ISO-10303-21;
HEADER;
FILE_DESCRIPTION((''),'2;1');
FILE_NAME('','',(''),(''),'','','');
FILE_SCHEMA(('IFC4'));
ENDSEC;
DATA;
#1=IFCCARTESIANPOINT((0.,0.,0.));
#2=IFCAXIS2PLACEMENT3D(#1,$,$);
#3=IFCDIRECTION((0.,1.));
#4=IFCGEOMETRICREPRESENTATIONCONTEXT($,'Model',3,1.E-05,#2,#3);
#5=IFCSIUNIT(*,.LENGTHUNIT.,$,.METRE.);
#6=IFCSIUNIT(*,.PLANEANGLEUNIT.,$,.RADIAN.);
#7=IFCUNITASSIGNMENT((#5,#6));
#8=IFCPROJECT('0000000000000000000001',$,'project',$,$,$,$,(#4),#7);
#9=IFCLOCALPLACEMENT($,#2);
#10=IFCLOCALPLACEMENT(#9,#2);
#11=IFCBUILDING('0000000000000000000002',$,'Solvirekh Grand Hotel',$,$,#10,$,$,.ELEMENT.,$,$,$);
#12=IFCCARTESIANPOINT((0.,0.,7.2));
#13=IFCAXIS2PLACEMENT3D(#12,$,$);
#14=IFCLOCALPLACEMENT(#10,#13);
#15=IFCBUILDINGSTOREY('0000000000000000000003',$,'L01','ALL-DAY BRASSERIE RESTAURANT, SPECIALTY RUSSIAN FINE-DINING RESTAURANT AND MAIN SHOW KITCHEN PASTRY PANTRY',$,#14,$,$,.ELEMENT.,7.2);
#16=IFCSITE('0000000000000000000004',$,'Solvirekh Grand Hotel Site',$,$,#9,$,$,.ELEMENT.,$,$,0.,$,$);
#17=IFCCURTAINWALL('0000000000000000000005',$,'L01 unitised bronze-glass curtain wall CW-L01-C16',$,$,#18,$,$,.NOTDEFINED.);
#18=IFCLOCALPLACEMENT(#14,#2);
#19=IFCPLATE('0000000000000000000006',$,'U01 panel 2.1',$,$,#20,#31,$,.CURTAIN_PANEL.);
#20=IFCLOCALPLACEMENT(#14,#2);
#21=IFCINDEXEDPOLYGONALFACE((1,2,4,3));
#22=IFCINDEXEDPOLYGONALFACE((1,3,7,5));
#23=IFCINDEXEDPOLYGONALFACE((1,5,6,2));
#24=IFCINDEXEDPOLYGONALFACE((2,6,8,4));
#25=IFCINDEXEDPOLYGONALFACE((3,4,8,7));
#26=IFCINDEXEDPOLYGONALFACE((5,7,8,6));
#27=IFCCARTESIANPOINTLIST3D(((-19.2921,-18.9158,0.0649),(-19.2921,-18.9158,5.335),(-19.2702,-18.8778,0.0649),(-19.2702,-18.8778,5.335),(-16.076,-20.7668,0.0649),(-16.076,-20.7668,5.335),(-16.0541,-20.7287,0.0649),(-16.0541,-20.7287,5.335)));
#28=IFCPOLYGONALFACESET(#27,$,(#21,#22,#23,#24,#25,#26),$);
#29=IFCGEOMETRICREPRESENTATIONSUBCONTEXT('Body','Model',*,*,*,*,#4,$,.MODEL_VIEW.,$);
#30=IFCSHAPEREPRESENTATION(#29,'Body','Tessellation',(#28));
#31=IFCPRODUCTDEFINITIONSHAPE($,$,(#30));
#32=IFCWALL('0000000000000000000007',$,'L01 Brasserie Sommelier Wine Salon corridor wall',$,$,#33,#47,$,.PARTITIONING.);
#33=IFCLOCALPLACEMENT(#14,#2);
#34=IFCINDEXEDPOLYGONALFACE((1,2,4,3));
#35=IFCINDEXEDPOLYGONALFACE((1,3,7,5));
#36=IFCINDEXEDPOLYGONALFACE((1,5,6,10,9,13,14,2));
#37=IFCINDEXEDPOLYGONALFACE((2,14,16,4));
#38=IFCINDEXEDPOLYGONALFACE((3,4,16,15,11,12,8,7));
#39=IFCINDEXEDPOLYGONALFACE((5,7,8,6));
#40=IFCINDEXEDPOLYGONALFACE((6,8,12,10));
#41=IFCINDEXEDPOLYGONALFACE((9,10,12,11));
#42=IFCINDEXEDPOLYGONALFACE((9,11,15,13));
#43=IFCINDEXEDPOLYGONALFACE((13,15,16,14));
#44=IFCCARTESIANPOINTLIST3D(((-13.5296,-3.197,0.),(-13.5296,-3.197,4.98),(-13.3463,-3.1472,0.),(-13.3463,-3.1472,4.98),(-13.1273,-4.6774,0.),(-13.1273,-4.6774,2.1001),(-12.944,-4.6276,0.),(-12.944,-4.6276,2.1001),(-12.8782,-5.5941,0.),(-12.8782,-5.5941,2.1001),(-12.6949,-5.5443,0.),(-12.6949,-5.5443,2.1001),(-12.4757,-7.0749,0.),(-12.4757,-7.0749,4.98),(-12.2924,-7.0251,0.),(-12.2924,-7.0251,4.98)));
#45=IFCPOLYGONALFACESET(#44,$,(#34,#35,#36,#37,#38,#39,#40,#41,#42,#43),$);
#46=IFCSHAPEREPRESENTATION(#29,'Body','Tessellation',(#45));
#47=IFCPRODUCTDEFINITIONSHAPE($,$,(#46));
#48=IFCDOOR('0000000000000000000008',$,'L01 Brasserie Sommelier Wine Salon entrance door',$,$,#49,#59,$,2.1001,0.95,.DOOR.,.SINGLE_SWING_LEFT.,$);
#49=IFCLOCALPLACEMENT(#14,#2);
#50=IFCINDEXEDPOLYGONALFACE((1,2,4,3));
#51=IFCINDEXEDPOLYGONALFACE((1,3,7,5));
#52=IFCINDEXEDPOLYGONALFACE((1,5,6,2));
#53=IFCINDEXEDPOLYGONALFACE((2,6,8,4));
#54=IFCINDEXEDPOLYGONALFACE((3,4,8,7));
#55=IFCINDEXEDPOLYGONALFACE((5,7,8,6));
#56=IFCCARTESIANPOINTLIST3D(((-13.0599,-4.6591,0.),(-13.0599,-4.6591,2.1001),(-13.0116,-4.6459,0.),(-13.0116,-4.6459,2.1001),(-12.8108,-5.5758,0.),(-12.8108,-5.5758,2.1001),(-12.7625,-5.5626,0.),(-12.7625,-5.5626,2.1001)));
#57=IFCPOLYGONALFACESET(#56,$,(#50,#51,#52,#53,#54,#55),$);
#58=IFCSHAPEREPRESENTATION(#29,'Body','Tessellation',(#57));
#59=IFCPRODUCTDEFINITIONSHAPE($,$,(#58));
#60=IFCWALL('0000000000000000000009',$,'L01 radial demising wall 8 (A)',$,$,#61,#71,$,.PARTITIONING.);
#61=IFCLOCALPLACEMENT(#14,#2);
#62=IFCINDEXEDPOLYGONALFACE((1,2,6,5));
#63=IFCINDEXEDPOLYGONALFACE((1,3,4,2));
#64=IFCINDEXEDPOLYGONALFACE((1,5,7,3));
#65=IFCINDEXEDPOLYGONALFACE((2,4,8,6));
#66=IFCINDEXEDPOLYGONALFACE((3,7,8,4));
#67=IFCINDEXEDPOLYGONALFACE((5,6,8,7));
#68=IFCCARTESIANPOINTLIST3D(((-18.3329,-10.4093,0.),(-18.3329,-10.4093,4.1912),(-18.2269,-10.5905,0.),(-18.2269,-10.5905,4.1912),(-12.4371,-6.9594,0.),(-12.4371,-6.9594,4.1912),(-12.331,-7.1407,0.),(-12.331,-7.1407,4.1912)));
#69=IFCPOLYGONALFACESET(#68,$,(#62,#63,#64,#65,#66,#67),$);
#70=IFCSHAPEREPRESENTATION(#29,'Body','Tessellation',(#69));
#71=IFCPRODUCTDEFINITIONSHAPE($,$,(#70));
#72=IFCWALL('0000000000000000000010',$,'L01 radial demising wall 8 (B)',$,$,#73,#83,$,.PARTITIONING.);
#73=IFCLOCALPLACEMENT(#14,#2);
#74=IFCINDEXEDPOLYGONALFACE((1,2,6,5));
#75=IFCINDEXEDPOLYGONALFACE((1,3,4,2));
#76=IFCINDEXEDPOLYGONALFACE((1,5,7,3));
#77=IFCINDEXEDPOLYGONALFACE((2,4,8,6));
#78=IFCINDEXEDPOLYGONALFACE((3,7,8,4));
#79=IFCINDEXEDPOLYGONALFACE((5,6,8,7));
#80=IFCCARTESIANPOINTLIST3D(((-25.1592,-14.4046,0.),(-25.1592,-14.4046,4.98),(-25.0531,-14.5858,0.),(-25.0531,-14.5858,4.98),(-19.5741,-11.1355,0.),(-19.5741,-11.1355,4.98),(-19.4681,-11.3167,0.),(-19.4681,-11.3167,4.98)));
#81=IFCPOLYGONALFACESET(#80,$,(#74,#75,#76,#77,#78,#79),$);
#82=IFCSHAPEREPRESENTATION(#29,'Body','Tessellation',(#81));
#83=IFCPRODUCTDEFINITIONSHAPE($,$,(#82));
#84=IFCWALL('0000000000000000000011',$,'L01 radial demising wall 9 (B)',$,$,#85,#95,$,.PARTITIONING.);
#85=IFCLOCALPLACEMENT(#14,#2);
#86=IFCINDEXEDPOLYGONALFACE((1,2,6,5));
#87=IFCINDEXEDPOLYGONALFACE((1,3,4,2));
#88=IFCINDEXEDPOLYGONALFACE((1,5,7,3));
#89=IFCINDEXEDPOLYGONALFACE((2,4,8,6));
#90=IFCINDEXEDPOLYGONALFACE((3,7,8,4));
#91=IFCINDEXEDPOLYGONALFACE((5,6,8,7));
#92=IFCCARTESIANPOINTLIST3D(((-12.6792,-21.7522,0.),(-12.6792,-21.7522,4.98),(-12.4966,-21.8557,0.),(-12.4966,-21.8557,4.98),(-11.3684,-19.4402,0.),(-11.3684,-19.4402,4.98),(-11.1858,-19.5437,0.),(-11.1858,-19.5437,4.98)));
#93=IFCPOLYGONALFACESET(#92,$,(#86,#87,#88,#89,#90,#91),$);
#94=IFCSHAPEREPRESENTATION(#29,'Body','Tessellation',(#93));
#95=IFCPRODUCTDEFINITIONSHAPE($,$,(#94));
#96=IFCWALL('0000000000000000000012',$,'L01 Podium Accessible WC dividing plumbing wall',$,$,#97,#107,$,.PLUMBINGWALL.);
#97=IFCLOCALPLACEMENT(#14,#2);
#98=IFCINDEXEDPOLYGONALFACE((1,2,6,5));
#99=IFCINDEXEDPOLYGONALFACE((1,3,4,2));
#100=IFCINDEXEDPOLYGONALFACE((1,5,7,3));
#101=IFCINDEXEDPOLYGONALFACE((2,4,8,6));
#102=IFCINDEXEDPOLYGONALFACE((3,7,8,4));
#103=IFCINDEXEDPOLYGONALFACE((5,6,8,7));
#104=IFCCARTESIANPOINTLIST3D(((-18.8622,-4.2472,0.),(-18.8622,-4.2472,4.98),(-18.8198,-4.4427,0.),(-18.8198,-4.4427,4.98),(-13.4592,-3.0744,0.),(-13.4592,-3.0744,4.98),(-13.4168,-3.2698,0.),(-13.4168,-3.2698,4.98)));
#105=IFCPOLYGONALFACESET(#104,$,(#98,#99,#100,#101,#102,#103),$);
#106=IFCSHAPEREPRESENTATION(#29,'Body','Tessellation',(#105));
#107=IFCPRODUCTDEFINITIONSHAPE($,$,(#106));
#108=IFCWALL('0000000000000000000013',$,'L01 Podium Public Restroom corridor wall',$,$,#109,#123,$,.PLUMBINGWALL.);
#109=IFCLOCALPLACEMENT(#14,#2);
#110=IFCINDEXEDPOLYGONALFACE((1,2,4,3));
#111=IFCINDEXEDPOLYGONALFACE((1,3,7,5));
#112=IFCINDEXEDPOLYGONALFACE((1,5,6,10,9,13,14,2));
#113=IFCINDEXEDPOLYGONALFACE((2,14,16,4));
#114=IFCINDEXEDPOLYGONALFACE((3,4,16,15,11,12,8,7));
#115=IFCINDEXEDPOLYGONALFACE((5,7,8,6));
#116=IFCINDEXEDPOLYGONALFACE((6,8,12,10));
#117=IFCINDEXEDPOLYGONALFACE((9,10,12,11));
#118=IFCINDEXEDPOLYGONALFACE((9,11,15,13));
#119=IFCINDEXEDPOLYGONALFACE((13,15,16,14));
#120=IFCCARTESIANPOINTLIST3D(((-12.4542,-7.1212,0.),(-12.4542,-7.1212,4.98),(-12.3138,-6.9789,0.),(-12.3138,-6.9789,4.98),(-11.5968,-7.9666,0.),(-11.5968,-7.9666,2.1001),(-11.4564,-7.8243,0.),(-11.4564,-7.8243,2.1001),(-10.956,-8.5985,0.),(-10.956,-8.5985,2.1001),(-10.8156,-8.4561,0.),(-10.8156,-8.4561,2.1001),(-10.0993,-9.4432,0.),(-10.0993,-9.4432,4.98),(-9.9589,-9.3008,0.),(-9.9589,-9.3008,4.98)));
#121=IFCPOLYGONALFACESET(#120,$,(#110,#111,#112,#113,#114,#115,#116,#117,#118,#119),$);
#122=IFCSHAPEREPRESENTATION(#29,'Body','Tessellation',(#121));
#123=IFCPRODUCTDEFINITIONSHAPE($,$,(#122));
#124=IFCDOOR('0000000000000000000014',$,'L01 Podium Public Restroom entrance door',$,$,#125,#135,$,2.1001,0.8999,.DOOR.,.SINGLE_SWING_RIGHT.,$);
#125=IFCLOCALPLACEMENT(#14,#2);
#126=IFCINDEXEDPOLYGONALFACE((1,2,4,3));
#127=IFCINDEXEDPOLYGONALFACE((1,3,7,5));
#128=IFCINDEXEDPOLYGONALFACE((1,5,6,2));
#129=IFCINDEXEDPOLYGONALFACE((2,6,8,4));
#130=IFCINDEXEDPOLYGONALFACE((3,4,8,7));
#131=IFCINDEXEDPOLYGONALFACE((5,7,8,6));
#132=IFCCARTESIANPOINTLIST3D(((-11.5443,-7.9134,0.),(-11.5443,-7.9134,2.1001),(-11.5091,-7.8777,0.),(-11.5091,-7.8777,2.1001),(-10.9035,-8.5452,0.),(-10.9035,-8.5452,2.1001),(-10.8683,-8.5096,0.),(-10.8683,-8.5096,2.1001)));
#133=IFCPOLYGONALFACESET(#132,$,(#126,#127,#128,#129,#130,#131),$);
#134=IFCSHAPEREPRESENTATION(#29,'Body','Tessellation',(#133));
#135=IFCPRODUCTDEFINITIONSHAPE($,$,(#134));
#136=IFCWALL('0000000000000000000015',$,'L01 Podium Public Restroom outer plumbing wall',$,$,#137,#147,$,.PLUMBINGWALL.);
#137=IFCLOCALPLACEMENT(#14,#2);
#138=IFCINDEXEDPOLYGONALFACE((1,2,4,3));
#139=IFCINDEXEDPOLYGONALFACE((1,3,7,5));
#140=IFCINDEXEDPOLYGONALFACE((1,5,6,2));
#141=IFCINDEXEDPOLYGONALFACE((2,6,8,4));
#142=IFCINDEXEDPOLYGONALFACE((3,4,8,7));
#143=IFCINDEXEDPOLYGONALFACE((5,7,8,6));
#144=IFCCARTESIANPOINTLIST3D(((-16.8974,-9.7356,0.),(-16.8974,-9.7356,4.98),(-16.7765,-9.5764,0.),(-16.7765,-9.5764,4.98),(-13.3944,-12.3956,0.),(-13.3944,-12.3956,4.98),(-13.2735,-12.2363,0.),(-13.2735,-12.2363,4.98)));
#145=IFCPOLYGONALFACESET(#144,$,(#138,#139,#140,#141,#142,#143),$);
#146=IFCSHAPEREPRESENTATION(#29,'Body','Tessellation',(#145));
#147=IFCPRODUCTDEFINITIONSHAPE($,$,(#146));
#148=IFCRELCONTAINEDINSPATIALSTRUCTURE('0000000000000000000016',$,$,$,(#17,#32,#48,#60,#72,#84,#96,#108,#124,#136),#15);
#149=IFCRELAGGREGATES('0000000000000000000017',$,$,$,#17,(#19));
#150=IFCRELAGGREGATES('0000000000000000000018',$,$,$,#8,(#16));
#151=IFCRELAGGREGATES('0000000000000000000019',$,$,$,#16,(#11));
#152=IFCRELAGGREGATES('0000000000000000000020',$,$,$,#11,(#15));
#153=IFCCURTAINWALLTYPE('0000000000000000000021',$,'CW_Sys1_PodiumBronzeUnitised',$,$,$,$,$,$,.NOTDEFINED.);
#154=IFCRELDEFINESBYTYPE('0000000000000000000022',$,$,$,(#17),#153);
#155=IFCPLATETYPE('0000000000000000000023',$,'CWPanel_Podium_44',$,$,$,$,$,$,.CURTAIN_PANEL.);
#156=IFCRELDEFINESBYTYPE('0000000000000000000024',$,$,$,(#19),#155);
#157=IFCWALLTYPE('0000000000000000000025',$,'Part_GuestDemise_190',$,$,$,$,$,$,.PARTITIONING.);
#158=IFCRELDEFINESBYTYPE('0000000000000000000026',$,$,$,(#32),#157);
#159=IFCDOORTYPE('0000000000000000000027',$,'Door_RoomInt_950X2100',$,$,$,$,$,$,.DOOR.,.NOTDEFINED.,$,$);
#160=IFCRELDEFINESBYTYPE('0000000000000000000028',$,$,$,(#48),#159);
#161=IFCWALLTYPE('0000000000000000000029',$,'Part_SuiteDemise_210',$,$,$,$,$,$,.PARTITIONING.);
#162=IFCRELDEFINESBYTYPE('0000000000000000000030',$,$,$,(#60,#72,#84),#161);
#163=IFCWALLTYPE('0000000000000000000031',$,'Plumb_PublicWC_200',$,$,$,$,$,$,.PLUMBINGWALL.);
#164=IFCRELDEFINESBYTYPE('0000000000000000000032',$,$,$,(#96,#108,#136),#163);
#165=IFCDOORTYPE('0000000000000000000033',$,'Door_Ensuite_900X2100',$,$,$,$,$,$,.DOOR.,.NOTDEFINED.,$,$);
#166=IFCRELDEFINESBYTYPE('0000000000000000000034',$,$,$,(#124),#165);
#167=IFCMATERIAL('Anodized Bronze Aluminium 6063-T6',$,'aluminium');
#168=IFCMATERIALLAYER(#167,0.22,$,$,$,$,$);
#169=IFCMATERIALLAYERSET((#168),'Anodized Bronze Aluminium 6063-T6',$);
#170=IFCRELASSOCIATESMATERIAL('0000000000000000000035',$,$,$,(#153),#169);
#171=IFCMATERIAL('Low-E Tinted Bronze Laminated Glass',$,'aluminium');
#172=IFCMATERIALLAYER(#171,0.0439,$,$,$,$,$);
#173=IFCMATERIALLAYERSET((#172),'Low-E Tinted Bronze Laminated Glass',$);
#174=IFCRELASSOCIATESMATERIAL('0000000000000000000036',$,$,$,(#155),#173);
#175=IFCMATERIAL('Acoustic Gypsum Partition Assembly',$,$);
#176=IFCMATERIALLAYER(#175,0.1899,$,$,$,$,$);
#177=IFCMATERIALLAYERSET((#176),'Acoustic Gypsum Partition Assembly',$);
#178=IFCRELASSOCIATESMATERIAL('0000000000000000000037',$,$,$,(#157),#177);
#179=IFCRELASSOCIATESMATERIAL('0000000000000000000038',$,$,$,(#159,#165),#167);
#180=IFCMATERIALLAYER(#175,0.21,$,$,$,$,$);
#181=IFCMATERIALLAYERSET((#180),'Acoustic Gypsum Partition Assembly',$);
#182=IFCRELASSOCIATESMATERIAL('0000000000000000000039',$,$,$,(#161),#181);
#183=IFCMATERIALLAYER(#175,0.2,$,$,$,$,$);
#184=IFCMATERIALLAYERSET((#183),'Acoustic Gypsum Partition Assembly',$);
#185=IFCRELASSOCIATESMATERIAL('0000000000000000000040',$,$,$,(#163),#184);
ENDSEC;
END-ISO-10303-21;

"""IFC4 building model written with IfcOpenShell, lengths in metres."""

from ifc_helpers import new_model, si_unit, direction, frame, frame_2d, origin, origin_2d, place, context, subcontext, project, spatial, rectangle, extrude, source, transform, mapped, material, layer, layer_set, type_object, element, fill, aggregate, save


model = new_model("IFC4")

# Units and contexts
model_context = context("Model", 3, precision=1e-05, world=origin(), true_north=direction((0.0, 1.0)))
body_context = subcontext(model_context, "Body", "Model", "MODEL_VIEW")
ifc_project = project(units=[si_unit("LENGTHUNIT", "METRE"), si_unit("PLANEANGLEUNIT", "RADIAN")], contexts=[model_context])

# Site, building, storey
site_placement = place(None, origin())
site = spatial("IfcSite", under=ifc_project, at=site_placement, Name="Solvirekh Grand Hotel Site", CompositionType="ELEMENT", RefElevation=0.0)
building_placement = place(site_placement, origin())
building = spatial("IfcBuilding", under=site, at=building_placement, Name="Solvirekh Grand Hotel", CompositionType="ELEMENT")
storey_placement = place(building_placement, frame((0.0, 0.0, 7.2)))
storey = spatial("IfcBuildingStorey", under=building, at=storey_placement, Name="L01", Description="ALL-DAY BRASSERIE RESTAURANT, SPECIALTY RUSSIAN FINE-DINING RESTAURANT AND MAIN SHOW KITCHEN PASTRY PANTRY", CompositionType="ELEMENT", Elevation=7.2)

# Curtain wall
ifc_material_1 = material(Name="Anodized Bronze Aluminium 6063-T6", Category="aluminium")
ifc_layer_1 = layer(ifc_material_1, 0.22)
ifc_layer_set_1 = layer_set([ifc_layer_1], Name="Anodized Bronze Aluminium 6063-T6")
curtain_wall_type = type_object("IfcCurtainWallType", Name="CW_Sys1_PodiumBronzeUnitised", PredefinedType="NOTDEFINED", material=ifc_layer_set_1)
curtain_wall_1_placement = place(storey_placement, origin())
curtain_wall_1 = element("IfcCurtainWall", 1, at=curtain_wall_1_placement, inside=storey, type_object=curtain_wall_type, Name="L01 unitised bronze-glass curtain wall CW-L01-C16", PredefinedType="NOTDEFINED")

# Plate
ifc_material_2 = material(Name="Low-E Tinted Bronze Laminated Glass", Category="aluminium")
ifc_layer_2 = layer(ifc_material_2, 0.0439)
ifc_layer_set_2 = layer_set([ifc_layer_2], Name="Low-E Tinted Bronze Laminated Glass")
plate_type = type_object("IfcPlateType", Name="CWPanel_Podium_44", PredefinedType="CURTAIN_PANEL", material=ifc_layer_set_2)
shared_shape_1 = source(origin(), body_context, "Body", "SweptSolid", [
    extrude(rectangle(XDim=3.7107, YDim=0.0439, at=origin_2d()), origin(), (0.0, 0.0, 1.0), 5.27),
])
plate_1_placement = place(storey_placement, frame((-17.6731, -19.8223, 0.0649), z_axis=(0.0, 0.0, 1.0), x_axis=(0.86671, -0.498813, 0.0)))
plate_1 = element("IfcPlate", 2, at=plate_1_placement, type_object=plate_type, Name="U01 panel 2.1", PredefinedType="CURTAIN_PANEL", context=body_context, shape_type="MappedRepresentation", body=[
    mapped(shared_shape_1, transform((0.0, 0.0, 0.0), x_axis=(1.0, 0.0, 0.0), y_axis=(0.0, 1.0, 0.0), z_axis=(0.0, 0.0, 1.0), scale=1.0)),
])
aggregate(curtain_wall_1, [plate_1])

# Wall, opening, door
ifc_material_3 = material(Name="Acoustic Gypsum Partition Assembly")
ifc_layer_3 = layer(ifc_material_3, 0.1899)
ifc_layer_set_3 = layer_set([ifc_layer_3], Name="Acoustic Gypsum Partition Assembly")
wall_type_1 = type_object("IfcWallType", Name="Part_GuestDemise_190", PredefinedType="PARTITIONING", material=ifc_layer_set_3)
wall_1_placement = place(storey_placement, frame((-13.438, -3.1721, 0.0), z_axis=(0.0, 0.0, 1.0), x_axis=(0.262269, -0.964995, 0.0)))
wall_1 = element("IfcWall", 3, at=wall_1_placement, inside=storey, type_object=wall_type_1, Name="L01 Brasserie Sommelier Wine Salon corridor wall", PredefinedType="PARTITIONING", context=body_context, shape_type="SweptSolid", body=[
    extrude(rectangle(XDim=4.0186, YDim=0.1899, at=frame_2d((2.0093, 0.0))), origin(), (0.0, 0.0, 1.0), 4.98),
])
opening_1_placement = place(wall_1_placement, frame((1.5339, 0.0, 0.0)))
opening_1 = element("IfcOpeningElement", 4, at=opening_1_placement, cuts=wall_1, PredefinedType="OPENING", context=body_context, shape_type="SweptSolid", body=[
    extrude(rectangle(XDim=0.95, YDim=2.1001, at=frame_2d((0.4751, 1.05))), frame((0.0, 0.105, 0.0), z_axis=(0.0, -1.0, 0.0), x_axis=(1.0, 0.0, 0.0)), (0.0, 0.0, 1.0), 0.21),
])
door_type_1 = type_object("IfcDoorType", Name="Door_RoomInt_950X2100", OperationType="NOTDEFINED", PredefinedType="DOOR", material=ifc_material_1)
door_1_placement = place(opening_1_placement, origin())
door_1 = element("IfcDoor", 5, at=door_1_placement, inside=storey, type_object=door_type_1, Name="L01 Brasserie Sommelier Wine Salon entrance door", OperationType="SINGLE_SWING_LEFT", OverallHeight=2.1001, OverallWidth=0.95, PredefinedType="DOOR", context=body_context, shape_type="SweptSolid", body=[
    extrude(rectangle(XDim=0.95, YDim=2.1001, at=frame_2d((0.4751, 1.05))), frame((0.0, 0.0249, 0.0), z_axis=(0.0, -1.0, 0.0), x_axis=(1.0, 0.0, 0.0)), (0.0, 0.0, 1.0), 0.05),
])
fill(opening_1, door_1)

# Walls
ifc_layer_4 = layer(ifc_material_3, 0.21)
ifc_layer_set_4 = layer_set([ifc_layer_4], Name="Acoustic Gypsum Partition Assembly")
wall_type_2 = type_object("IfcWallType", Name="Part_SuiteDemise_210", PredefinedType="PARTITIONING", material=ifc_layer_set_4)
wall_2_placement = place(storey_placement, frame((-12.384, -7.05, 0.0), z_axis=(0.0, 0.0, 1.0), x_axis=(-0.863101, -0.505031, 0.0)))
element("IfcWall", 6, at=wall_2_placement, inside=storey, type_object=wall_type_2, Name="L01 radial demising wall 8 (A)", PredefinedType="PARTITIONING", context=body_context, shape_type="SweptSolid", body=[
    extrude(rectangle(XDim=6.8311, YDim=0.21, at=frame_2d((3.4155, 0.0))), origin(), (0.0, 0.0, 1.0), 4.1912),
])
wall_3_placement = place(storey_placement, frame((-19.521, -11.2261, 0.0), z_axis=(0.0, 0.0, 1.0), x_axis=(-0.863028, -0.505156, 0.0)))
element("IfcWall", 7, at=wall_3_placement, inside=storey, type_object=wall_type_2, Name="L01 radial demising wall 8 (B)", PredefinedType="PARTITIONING", context=body_context, shape_type="SweptSolid", body=[
    extrude(rectangle(XDim=6.4714, YDim=0.21, at=frame_2d((3.2358, 0.0))), origin(), (0.0, 0.0, 1.0), 4.98),
])
wall_4_placement = place(storey_placement, frame((-11.2771, -19.4919, 0.0), z_axis=(0.0, 0.0, 1.0), x_axis=(-0.493198, -0.869917, 0.0)))
element("IfcWall", 8, at=wall_4_placement, inside=storey, type_object=wall_type_2, Name="L01 radial demising wall 9 (B)", PredefinedType="PARTITIONING", context=body_context, shape_type="SweptSolid", body=[
    extrude(rectangle(XDim=2.6577, YDim=0.21, at=frame_2d((1.3289, 0.0))), origin(), (0.0, 0.0, 1.0), 4.98),
])
ifc_layer_5 = layer(ifc_material_3, 0.2)
ifc_layer_set_5 = layer_set([ifc_layer_5], Name="Acoustic Gypsum Partition Assembly")
wall_type_3 = type_object("IfcWallType", Name="Plumb_PublicWC_200", PredefinedType="PLUMBINGWALL", material=ifc_layer_set_5)
wall_5_placement = place(storey_placement, frame((-13.438, -3.1721, 0.0), z_axis=(0.0, 0.0, 1.0), x_axis=(-0.977241, -0.212131, 0.0)))
element("IfcWall", 9, at=wall_5_placement, inside=storey, type_object=wall_type_3, Name="L01 Podium Accessible WC dividing plumbing wall", PredefinedType="PLUMBINGWALL", context=body_context, shape_type="SweptSolid", body=[
    extrude(rectangle(XDim=5.5288, YDim=0.2, at=frame_2d((2.7644, 0.0))), origin(), (0.0, 0.0, 1.0), 4.98),
])

# Wall, opening, door
wall_6_placement = place(storey_placement, frame((-12.384, -7.05, 0.0), z_axis=(0.0, 0.0, 1.0), x_axis=(0.712072, -0.702106, 0.0)))
wall_6 = element("IfcWall", 10, at=wall_6_placement, inside=storey, type_object=wall_type_3, Name="L01 Podium Public Restroom corridor wall", PredefinedType="PLUMBINGWALL", context=body_context, shape_type="SweptSolid", body=[
    extrude(rectangle(XDim=3.3071, YDim=0.2, at=frame_2d((1.6536, 0.0))), origin(), (0.0, 0.0, 1.0), 4.98),
])
opening_2_placement = place(wall_6_placement, frame((1.2041, 0.0, 0.0)))
opening_2 = element("IfcOpeningElement", 11, at=opening_2_placement, cuts=wall_6, PredefinedType="OPENING", context=body_context, shape_type="SweptSolid", body=[
    extrude(rectangle(XDim=0.8999, YDim=2.1001, at=frame_2d((0.45, 1.05))), frame((0.0, 0.1099, 0.0), z_axis=(0.0, -1.0, 0.0), x_axis=(1.0, 0.0, 0.0)), (0.0, 0.0, 1.0), 0.22),
])
door_type_2 = type_object("IfcDoorType", Name="Door_Ensuite_900X2100", OperationType="NOTDEFINED", PredefinedType="DOOR", material=ifc_material_1)
door_2_placement = place(opening_2_placement, origin())
door_2 = element("IfcDoor", 12, at=door_2_placement, inside=storey, type_object=door_type_2, Name="L01 Podium Public Restroom entrance door", OperationType="SINGLE_SWING_RIGHT", OverallHeight=2.1001, OverallWidth=0.8999, PredefinedType="DOOR", context=body_context, shape_type="SweptSolid", body=[
    extrude(rectangle(XDim=0.8999, YDim=2.1001, at=frame_2d((0.45, 1.05))), frame((0.0, 0.0249, 0.0), z_axis=(0.0, -1.0, 0.0), x_axis=(1.0, 0.0, 0.0)), (0.0, 0.0, 1.0), 0.05),
])
fill(opening_2, door_2)

# Wall
wall_7_placement = place(storey_placement, frame((-16.8369, -9.656, 0.0), z_axis=(0.0, 0.0, 1.0), x_axis=(0.796416, -0.60475, 0.0)))
element("IfcWall", 13, at=wall_7_placement, inside=storey, type_object=wall_type_3, Name="L01 Podium Public Restroom outer plumbing wall", PredefinedType="PLUMBINGWALL", context=body_context, shape_type="SweptSolid", body=[
    extrude(rectangle(XDim=4.3984, YDim=0.2, at=frame_2d((2.1992, 0.0))), origin(), (0.0, 0.0, 1.0), 4.98),
])

save(model, "model.ifc")
